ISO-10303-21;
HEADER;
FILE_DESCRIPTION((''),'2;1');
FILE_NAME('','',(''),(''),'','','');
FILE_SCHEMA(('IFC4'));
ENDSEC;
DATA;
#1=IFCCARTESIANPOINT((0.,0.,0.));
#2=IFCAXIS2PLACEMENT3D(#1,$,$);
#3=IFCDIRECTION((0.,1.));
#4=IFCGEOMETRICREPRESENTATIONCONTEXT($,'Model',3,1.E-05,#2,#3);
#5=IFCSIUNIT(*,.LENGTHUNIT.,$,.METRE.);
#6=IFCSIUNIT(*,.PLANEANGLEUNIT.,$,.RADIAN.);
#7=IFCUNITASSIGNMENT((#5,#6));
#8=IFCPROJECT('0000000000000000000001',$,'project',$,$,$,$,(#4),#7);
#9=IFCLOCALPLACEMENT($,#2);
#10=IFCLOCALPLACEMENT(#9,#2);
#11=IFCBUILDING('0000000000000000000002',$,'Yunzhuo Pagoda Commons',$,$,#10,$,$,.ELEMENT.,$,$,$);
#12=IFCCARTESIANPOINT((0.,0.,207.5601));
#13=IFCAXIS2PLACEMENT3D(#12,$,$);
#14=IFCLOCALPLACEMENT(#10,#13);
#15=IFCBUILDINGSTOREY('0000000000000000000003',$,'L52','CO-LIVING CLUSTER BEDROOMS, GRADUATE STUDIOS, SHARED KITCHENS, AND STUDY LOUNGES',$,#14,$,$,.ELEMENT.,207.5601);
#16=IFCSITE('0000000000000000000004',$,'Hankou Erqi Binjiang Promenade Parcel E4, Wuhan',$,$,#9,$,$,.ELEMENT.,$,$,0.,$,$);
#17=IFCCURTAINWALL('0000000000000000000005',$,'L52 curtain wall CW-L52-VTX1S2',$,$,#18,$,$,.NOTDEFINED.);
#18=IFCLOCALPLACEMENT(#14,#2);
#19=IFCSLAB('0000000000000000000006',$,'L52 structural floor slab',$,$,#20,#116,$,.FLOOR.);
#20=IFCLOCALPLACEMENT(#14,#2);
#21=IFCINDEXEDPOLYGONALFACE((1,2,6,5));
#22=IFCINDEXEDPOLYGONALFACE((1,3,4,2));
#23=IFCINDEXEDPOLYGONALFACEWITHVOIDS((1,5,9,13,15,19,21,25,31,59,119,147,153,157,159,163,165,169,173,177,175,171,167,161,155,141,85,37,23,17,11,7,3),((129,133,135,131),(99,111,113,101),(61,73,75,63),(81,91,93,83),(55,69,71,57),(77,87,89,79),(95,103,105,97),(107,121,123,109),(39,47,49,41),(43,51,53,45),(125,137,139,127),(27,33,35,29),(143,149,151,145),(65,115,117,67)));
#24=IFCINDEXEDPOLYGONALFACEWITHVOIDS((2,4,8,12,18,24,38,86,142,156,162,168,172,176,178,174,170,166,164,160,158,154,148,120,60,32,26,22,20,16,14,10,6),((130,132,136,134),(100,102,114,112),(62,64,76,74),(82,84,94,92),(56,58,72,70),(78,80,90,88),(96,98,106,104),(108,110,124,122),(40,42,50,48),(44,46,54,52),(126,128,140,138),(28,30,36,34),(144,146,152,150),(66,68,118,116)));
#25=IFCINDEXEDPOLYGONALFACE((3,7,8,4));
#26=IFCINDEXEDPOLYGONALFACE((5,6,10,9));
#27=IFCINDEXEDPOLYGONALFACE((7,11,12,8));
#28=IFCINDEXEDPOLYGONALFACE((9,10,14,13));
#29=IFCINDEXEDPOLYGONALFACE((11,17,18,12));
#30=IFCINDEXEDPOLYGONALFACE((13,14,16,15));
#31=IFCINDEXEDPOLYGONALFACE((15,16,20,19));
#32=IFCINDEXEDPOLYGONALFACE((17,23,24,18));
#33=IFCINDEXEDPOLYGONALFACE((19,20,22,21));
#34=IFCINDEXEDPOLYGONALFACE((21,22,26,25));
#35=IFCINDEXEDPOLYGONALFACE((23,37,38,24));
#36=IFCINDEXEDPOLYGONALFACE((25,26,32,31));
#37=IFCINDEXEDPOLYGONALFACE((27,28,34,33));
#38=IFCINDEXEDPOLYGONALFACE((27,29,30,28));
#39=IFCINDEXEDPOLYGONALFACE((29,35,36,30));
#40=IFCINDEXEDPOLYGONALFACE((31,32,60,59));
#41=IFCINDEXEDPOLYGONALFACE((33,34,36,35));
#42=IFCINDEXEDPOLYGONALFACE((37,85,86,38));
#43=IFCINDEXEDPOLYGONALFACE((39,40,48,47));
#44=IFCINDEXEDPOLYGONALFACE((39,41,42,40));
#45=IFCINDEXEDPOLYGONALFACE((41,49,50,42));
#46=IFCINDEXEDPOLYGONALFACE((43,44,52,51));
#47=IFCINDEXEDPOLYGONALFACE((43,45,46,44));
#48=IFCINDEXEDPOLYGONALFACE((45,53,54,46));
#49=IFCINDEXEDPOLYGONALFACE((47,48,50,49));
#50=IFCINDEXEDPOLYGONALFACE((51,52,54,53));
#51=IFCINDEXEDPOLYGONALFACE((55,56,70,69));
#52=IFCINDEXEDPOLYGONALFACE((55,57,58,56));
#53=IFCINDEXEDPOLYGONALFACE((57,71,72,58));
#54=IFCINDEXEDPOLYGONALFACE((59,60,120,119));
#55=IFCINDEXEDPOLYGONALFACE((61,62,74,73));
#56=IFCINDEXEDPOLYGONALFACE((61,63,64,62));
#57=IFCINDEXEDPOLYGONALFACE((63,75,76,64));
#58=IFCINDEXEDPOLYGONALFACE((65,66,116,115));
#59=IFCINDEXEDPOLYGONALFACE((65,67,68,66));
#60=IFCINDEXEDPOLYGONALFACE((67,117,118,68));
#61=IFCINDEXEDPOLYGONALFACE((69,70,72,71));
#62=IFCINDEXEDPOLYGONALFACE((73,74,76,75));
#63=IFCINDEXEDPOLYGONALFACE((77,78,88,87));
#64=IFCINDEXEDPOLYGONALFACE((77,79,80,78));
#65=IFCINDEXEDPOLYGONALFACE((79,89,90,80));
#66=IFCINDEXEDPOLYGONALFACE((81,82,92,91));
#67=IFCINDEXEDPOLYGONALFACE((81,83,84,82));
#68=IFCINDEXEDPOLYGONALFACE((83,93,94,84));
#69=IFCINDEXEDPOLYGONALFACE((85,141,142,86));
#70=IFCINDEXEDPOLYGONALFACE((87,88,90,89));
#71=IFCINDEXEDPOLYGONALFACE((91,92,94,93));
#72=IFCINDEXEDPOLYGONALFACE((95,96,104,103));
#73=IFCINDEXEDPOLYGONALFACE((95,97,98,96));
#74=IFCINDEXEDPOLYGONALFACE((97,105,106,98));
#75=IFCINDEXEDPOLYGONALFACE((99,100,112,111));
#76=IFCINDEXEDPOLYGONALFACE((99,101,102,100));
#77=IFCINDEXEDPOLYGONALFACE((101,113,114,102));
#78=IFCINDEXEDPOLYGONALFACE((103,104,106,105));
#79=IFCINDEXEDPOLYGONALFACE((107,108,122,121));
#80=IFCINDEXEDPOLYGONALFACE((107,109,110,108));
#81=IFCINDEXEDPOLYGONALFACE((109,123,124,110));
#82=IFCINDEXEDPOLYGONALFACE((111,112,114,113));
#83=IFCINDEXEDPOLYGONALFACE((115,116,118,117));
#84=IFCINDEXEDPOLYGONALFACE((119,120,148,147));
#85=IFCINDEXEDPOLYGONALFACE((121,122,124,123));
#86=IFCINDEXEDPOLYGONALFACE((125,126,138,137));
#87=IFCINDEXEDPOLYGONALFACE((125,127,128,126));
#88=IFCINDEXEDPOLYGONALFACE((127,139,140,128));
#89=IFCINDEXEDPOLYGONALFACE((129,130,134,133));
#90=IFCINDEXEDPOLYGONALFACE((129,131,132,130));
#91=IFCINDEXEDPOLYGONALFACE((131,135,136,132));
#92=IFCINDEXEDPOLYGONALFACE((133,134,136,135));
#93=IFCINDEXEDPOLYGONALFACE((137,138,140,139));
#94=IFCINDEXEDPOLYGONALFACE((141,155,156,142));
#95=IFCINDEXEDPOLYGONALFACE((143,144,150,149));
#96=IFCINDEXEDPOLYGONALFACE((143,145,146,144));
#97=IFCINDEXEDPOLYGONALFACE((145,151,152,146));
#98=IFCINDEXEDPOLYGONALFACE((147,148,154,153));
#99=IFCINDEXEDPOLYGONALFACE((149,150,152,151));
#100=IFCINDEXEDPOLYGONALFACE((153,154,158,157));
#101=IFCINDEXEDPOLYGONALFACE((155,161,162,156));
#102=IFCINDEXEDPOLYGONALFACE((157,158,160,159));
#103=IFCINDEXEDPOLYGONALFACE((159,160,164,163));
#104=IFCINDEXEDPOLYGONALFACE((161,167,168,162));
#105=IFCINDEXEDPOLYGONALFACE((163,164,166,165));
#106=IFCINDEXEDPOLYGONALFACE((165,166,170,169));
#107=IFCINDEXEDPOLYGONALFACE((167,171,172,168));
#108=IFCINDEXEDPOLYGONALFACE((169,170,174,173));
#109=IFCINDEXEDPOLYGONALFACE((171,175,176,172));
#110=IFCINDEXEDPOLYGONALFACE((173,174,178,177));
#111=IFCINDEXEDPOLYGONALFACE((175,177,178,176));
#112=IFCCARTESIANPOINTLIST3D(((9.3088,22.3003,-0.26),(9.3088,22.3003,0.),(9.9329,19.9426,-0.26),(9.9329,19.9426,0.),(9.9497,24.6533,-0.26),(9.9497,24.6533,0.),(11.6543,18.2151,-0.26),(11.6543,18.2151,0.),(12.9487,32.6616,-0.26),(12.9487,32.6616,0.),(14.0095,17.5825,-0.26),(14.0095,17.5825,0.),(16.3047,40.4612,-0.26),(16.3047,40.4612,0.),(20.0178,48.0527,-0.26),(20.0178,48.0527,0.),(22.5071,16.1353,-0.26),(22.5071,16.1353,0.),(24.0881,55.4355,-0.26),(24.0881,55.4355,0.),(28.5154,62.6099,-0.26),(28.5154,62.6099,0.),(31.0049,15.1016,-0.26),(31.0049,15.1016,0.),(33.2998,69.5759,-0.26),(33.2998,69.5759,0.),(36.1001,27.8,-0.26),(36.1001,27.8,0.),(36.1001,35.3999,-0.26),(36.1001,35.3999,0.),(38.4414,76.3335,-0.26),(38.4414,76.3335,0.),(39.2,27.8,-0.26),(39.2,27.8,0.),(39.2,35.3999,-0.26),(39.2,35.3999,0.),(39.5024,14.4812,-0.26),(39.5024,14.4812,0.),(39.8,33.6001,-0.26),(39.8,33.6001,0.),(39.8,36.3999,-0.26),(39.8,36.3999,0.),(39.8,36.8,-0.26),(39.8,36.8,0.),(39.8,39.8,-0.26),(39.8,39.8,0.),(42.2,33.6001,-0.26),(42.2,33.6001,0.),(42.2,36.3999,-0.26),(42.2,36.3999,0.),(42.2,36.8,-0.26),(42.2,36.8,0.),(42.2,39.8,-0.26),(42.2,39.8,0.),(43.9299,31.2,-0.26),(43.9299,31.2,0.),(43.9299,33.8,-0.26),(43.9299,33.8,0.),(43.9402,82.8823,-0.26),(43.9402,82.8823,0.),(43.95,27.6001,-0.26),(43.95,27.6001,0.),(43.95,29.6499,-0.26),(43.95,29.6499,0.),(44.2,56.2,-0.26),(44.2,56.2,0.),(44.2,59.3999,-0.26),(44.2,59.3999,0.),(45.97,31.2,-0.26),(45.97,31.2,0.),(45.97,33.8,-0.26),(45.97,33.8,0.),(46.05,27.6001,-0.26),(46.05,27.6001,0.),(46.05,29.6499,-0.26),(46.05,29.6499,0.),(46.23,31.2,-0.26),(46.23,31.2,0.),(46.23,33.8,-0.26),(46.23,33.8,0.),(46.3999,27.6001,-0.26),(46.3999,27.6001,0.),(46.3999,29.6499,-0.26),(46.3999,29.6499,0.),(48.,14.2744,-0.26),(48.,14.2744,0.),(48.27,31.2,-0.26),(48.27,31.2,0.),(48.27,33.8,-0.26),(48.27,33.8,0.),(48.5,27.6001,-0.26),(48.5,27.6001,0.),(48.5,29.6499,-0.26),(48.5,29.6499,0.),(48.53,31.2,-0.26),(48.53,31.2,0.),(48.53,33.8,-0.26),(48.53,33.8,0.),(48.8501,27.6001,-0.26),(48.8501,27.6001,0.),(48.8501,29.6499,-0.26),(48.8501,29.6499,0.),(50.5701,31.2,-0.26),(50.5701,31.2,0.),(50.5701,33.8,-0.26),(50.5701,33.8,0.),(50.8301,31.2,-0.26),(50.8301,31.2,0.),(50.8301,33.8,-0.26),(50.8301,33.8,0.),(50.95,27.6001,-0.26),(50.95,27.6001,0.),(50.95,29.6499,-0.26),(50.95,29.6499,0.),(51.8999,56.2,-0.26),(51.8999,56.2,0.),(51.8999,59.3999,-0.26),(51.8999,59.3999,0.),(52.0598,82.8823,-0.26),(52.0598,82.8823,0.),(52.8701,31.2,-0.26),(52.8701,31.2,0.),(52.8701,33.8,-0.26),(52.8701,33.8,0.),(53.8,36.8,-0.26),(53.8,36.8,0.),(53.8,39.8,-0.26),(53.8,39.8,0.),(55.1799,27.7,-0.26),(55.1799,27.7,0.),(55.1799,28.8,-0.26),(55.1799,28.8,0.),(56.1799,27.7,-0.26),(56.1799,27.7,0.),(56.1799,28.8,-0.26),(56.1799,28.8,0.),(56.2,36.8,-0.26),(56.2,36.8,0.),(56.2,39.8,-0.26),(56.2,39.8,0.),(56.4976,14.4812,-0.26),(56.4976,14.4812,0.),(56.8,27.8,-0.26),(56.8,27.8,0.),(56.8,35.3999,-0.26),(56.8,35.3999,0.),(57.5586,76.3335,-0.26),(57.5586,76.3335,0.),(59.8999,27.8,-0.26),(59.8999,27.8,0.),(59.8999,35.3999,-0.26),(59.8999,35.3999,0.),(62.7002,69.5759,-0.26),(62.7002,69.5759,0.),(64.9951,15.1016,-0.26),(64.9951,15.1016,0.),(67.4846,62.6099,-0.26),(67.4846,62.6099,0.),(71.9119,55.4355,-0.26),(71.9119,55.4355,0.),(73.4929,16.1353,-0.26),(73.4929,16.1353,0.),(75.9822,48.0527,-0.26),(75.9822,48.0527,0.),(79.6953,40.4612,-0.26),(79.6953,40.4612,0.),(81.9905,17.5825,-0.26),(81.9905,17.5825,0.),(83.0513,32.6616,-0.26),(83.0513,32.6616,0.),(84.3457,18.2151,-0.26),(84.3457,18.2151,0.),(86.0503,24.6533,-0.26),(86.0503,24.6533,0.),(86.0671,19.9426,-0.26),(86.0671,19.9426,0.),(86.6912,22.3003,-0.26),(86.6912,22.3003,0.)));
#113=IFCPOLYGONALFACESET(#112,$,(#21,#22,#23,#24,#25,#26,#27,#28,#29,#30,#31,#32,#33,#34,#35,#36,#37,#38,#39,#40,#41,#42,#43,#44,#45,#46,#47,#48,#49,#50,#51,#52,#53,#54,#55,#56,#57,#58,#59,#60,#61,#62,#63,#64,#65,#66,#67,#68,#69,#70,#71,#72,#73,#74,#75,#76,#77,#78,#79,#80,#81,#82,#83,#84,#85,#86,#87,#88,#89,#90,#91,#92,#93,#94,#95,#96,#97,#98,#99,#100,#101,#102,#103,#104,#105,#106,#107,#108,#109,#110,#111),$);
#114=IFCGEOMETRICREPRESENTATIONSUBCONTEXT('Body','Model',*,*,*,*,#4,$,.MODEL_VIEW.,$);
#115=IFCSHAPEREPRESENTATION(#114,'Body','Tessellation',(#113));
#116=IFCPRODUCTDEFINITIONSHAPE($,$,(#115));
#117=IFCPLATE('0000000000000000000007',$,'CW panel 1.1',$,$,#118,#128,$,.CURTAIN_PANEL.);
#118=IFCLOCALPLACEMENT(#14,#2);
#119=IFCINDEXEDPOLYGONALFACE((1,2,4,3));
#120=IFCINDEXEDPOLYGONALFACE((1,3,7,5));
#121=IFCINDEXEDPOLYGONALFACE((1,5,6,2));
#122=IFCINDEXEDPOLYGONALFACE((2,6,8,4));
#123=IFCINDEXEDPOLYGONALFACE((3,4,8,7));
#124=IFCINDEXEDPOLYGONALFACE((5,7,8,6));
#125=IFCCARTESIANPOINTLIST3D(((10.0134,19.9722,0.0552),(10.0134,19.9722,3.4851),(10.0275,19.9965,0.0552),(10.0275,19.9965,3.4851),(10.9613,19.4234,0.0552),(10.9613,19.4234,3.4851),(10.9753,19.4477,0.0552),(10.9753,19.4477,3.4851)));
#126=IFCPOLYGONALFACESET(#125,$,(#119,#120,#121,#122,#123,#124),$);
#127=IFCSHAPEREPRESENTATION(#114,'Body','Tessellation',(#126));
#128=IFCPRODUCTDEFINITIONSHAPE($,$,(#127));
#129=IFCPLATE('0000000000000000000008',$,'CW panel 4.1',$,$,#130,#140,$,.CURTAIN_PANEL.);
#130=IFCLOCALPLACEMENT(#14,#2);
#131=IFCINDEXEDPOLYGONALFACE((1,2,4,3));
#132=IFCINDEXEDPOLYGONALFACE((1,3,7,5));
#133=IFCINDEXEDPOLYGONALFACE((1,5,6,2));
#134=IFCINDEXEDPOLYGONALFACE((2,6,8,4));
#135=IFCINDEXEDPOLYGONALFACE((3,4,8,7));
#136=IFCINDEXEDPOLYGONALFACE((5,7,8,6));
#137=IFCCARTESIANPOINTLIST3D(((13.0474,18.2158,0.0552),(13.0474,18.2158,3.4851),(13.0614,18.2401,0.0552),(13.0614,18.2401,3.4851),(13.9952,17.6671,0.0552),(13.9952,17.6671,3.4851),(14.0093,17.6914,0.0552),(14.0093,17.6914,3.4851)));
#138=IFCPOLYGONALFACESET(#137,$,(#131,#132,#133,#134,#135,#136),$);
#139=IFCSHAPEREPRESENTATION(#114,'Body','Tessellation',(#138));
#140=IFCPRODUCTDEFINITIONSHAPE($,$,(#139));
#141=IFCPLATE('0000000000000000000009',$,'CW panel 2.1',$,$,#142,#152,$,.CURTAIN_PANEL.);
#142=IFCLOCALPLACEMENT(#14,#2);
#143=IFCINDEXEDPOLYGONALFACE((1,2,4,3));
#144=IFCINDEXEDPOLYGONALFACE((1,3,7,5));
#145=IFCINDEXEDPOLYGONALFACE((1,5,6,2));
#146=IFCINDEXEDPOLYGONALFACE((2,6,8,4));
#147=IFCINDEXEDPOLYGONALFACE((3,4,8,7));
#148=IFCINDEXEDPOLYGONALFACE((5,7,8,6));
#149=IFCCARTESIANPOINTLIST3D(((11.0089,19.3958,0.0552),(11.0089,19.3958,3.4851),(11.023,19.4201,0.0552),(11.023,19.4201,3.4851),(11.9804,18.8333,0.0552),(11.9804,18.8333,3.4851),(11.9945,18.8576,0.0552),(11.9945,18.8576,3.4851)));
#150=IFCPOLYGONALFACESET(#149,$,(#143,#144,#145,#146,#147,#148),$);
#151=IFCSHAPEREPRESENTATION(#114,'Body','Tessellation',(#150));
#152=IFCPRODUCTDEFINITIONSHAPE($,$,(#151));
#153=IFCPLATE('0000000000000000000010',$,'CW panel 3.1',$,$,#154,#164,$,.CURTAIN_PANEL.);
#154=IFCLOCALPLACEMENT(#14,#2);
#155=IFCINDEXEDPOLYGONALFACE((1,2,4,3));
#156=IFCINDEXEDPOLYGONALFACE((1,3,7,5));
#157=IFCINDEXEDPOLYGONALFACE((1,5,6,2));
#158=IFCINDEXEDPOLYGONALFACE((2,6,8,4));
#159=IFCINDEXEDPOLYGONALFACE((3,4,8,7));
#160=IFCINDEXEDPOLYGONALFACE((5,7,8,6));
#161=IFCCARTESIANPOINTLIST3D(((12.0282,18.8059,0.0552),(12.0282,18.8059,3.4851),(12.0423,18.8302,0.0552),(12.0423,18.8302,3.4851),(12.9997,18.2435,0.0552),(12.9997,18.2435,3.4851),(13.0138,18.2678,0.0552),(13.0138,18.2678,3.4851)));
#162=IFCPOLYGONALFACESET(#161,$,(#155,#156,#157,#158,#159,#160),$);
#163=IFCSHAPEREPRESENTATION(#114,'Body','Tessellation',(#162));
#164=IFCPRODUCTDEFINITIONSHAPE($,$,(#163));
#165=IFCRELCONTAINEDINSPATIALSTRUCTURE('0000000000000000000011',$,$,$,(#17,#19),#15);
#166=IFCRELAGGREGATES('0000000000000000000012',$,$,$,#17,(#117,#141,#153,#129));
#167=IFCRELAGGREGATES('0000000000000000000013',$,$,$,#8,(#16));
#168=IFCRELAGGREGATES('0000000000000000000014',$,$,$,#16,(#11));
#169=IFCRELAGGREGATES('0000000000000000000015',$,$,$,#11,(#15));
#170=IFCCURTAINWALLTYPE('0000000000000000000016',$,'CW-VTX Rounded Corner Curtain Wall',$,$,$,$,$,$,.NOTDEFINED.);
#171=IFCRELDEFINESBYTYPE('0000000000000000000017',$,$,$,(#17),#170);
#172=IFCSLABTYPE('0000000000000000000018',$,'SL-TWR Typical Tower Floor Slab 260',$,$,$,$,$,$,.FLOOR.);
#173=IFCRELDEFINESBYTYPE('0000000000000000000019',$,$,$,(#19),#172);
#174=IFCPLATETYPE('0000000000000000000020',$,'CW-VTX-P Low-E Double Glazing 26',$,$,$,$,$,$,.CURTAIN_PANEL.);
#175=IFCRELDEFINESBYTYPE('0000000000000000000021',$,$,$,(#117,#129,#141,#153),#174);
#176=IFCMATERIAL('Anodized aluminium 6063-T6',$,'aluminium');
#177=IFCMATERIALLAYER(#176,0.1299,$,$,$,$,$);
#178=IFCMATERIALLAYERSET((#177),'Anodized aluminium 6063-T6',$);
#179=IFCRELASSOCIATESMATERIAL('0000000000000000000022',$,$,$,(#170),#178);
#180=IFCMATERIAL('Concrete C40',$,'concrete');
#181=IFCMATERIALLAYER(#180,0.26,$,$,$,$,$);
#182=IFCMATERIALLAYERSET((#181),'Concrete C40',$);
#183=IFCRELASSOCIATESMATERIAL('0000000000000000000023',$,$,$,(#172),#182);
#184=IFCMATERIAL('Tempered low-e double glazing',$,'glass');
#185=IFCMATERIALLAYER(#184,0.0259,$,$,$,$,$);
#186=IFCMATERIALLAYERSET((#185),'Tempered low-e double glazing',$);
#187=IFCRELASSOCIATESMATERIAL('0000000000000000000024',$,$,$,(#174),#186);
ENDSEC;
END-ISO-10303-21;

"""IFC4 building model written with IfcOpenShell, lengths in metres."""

from ifc_helpers import new_model, si_unit, direction, frame, origin, origin_2d, place, context, subcontext, project, spatial, polyline, rectangle, outline, extrude, source, transform, mapped, material, layer, layer_set, type_object, element, aggregate, save


model = new_model("IFC4")

# Units and contexts
model_context = context("Model", 3, precision=1e-05, world=origin(), true_north=direction((0.0, 1.0)))
body_context = subcontext(model_context, "Body", "Model", "MODEL_VIEW")
ifc_project = project(units=[si_unit("LENGTHUNIT", "METRE"), si_unit("PLANEANGLEUNIT", "RADIAN")], contexts=[model_context])

# Site, building, storey
site_placement = place(None, origin())
site = spatial("IfcSite", under=ifc_project, at=site_placement, Name="Hankou Erqi Binjiang Promenade Parcel E4, Wuhan", CompositionType="ELEMENT", RefElevation=0.0)
building_placement = place(site_placement, origin())
building = spatial("IfcBuilding", under=site, at=building_placement, Name="Yunzhuo Pagoda Commons", CompositionType="ELEMENT")
storey_placement = place(building_placement, frame((0.0, 0.0, 207.5601)))
storey = spatial("IfcBuildingStorey", under=building, at=storey_placement, Name="L52", Description="CO-LIVING CLUSTER BEDROOMS, GRADUATE STUDIOS, SHARED KITCHENS, AND STUDY LOUNGES", CompositionType="ELEMENT", Elevation=207.5601)

# Curtain wall
ifc_material_1 = material(Name="Anodized aluminium 6063-T6", Category="aluminium")
ifc_layer_1 = layer(ifc_material_1, 0.1299)
ifc_layer_set_1 = layer_set([ifc_layer_1], Name="Anodized aluminium 6063-T6")
curtain_wall_type_1 = type_object("IfcCurtainWallType", Name="CW-VTX Rounded Corner Curtain Wall", PredefinedType="NOTDEFINED", material=ifc_layer_set_1)
curtain_wall_1_placement = place(storey_placement, origin())
curtain_wall_1 = element("IfcCurtainWall", 1, at=curtain_wall_1_placement, inside=storey, type_object=curtain_wall_type_1, Name="L52 curtain wall CW-L52-VTX1S2", PredefinedType="NOTDEFINED")

# Shared definitions
ifc_material_2 = material(Name="Concrete C40", Category="concrete")

# Slab
ifc_layer_2 = layer(ifc_material_2, 0.26)
ifc_layer_set_2 = layer_set([ifc_layer_2], Name="Concrete C40")
slab_type_1 = type_object("IfcSlabType", Name="SL-TWR Typical Tower Floor Slab 260", PredefinedType="FLOOR", material=ifc_layer_set_2)
slab_1_placement = place(storey_placement, frame((0.0, 0.0, -0.26)))
element("IfcSlab", 2, at=slab_1_placement, inside=storey, type_object=slab_type_1, Name="L52 structural floor slab", PredefinedType="FLOOR", context=body_context, shape_type="SweptSolid", body=[
    extrude(outline(polyline([(12.9487, 32.6616), (16.3047, 40.4612), (20.0178, 48.0527), (24.0881, 55.4355), (28.5154, 62.6099), (33.2998, 69.5759), (38.4414, 76.3335), (43.9402, 82.8823), (52.0598, 82.8823), (57.5586, 76.3335), (62.7002, 69.5759), (67.4846, 62.6099), (71.9119, 55.4355), (75.9822, 48.0527), (79.6953, 40.4612), (83.0513, 32.6616), (86.0503, 24.6533), (86.6912, 22.3003), (86.0671, 19.9426), (84.3457, 18.2151), (81.9905, 17.5825), (73.4929, 16.1353), (64.9951, 15.1016), (56.4976, 14.4812), (48.0, 14.2744), (39.5024, 14.4812), (31.0049, 15.1016), (22.5071, 16.1353), (14.0095, 17.5825), (11.6543, 18.2151), (9.9329, 19.9426), (9.3088, 22.3003), (9.9497, 24.6533), (12.9487, 32.6616)]), holes=[polyline([(46.05, 29.6499), (43.95, 29.6499), (43.95, 27.6001), (46.05, 27.6001), (46.05, 29.6499)]), polyline([(48.5, 27.6001), (48.5, 29.6499), (46.3999, 29.6499), (46.3999, 27.6001), (48.5, 27.6001)]), polyline([(36.1001, 27.8), (39.2, 27.8), (39.2, 35.3999), (36.1001, 35.3999), (36.1001, 27.8)]), polyline([(45.97, 31.2), (45.97, 33.8), (43.9299, 33.8), (43.9299, 31.2), (45.97, 31.2)]), polyline([(48.27, 31.2), (48.27, 33.8), (46.23, 33.8), (46.23, 31.2), (48.27, 31.2)]), polyline([(42.2, 33.6001), (42.2, 36.3999), (39.8, 36.3999), (39.8, 33.6001), (42.2, 33.6001)]), polyline([(42.2, 36.8), (42.2, 39.8), (39.8, 39.8), (39.8, 36.8), (42.2, 36.8)]), polyline([(56.1799, 28.8), (55.1799, 28.8), (55.1799, 27.7), (56.1799, 27.7), (56.1799, 28.8)]), polyline([(50.95, 27.6001), (50.95, 29.6499), (48.8501, 29.6499), (48.8501, 27.6001), (50.95, 27.6001)]), polyline([(56.8, 27.8), (59.8999, 27.8), (59.8999, 35.3999), (56.8, 35.3999), (56.8, 27.8)]), polyline([(50.5701, 31.2), (50.5701, 33.8), (48.53, 33.8), (48.53, 31.2), (50.5701, 31.2)]), polyline([(52.8701, 31.2), (52.8701, 33.8), (50.8301, 33.8), (50.8301, 31.2), (52.8701, 31.2)]), polyline([(56.2, 36.8), (56.2, 39.8), (53.8, 39.8), (53.8, 36.8), (56.2, 36.8)]), polyline([(51.8999, 56.2), (51.8999, 59.3999), (44.2, 59.3999), (44.2, 56.2), (51.8999, 56.2)])]), origin(), (0.0, 0.0, 1.0), 0.26),
])

# Plates
ifc_material_3 = material(Name="Tempered low-e double glazing", Category="glass")
ifc_layer_3 = layer(ifc_material_3, 0.0259)
ifc_layer_set_3 = layer_set([ifc_layer_3], Name="Tempered low-e double glazing")
plate_type = type_object("IfcPlateType", Name="CW-VTX-P Low-E Double Glazing 26", PredefinedType="CURTAIN_PANEL", material=ifc_layer_set_3)
shared_shape_1 = source(origin(), body_context, "Body", "SweptSolid", [
    extrude(rectangle(XDim=1.0952, YDim=0.0281, at=origin_2d()), origin(), (0.0, 0.0, 1.0), 3.4299),
])
plate_1_placement = place(storey_placement, frame((10.4944, 19.71, 0.0552), z_axis=(0.0, 0.0, 1.0), x_axis=(0.865426, -0.501037, 0.0)))
plate_1 = element("IfcPlate", 3, at=plate_1_placement, type_object=plate_type, Name="CW panel 1.1", PredefinedType="CURTAIN_PANEL", context=body_context, shape_type="MappedRepresentation", body=[
    mapped(shared_shape_1, transform((0.0, 0.0, 0.0), scale=1.0)),
])
plate_2_placement = place(storey_placement, frame((13.5283, 17.9536, 0.0552), z_axis=(0.0, 0.0, 1.0), x_axis=(0.865426, -0.501037, 0.0)))
plate_2 = element("IfcPlate", 4, at=plate_2_placement, type_object=plate_type, Name="CW panel 4.1", PredefinedType="CURTAIN_PANEL", context=body_context, shape_type="MappedRepresentation", body=[
    mapped(shared_shape_1, transform((0.0, 0.0, 0.0), scale=1.0)),
])
shared_shape_2 = source(origin(), body_context, "Body", "SweptSolid", [
    extrude(rectangle(XDim=1.1226, YDim=0.0281, at=origin_2d()), origin(), (0.0, 0.0, 1.0), 3.4299),
])
plate_3_placement = place(storey_placement, frame((11.5017, 19.1267, 0.0552), z_axis=(0.0, 0.0, 1.0), x_axis=(0.865426, -0.501037, 0.0)))
plate_3 = element("IfcPlate", 5, at=plate_3_placement, type_object=plate_type, Name="CW panel 2.1", PredefinedType="CURTAIN_PANEL", context=body_context, shape_type="MappedRepresentation", body=[
    mapped(shared_shape_2, transform((0.0, 0.0, 0.0), scale=1.0)),
])
plate_4_placement = place(storey_placement, frame((12.521, 18.5369, 0.0552), z_axis=(0.0, 0.0, 1.0), x_axis=(0.865426, -0.501037, 0.0)))
plate_4 = element("IfcPlate", 6, at=plate_4_placement, type_object=plate_type, Name="CW panel 3.1", PredefinedType="CURTAIN_PANEL", context=body_context, shape_type="MappedRepresentation", body=[
    mapped(shared_shape_2, transform((0.0, 0.0, 0.0), scale=1.0)),
])
aggregate(curtain_wall_1, [plate_1, plate_3, plate_4, plate_2])

save(model, "model.ifc")
